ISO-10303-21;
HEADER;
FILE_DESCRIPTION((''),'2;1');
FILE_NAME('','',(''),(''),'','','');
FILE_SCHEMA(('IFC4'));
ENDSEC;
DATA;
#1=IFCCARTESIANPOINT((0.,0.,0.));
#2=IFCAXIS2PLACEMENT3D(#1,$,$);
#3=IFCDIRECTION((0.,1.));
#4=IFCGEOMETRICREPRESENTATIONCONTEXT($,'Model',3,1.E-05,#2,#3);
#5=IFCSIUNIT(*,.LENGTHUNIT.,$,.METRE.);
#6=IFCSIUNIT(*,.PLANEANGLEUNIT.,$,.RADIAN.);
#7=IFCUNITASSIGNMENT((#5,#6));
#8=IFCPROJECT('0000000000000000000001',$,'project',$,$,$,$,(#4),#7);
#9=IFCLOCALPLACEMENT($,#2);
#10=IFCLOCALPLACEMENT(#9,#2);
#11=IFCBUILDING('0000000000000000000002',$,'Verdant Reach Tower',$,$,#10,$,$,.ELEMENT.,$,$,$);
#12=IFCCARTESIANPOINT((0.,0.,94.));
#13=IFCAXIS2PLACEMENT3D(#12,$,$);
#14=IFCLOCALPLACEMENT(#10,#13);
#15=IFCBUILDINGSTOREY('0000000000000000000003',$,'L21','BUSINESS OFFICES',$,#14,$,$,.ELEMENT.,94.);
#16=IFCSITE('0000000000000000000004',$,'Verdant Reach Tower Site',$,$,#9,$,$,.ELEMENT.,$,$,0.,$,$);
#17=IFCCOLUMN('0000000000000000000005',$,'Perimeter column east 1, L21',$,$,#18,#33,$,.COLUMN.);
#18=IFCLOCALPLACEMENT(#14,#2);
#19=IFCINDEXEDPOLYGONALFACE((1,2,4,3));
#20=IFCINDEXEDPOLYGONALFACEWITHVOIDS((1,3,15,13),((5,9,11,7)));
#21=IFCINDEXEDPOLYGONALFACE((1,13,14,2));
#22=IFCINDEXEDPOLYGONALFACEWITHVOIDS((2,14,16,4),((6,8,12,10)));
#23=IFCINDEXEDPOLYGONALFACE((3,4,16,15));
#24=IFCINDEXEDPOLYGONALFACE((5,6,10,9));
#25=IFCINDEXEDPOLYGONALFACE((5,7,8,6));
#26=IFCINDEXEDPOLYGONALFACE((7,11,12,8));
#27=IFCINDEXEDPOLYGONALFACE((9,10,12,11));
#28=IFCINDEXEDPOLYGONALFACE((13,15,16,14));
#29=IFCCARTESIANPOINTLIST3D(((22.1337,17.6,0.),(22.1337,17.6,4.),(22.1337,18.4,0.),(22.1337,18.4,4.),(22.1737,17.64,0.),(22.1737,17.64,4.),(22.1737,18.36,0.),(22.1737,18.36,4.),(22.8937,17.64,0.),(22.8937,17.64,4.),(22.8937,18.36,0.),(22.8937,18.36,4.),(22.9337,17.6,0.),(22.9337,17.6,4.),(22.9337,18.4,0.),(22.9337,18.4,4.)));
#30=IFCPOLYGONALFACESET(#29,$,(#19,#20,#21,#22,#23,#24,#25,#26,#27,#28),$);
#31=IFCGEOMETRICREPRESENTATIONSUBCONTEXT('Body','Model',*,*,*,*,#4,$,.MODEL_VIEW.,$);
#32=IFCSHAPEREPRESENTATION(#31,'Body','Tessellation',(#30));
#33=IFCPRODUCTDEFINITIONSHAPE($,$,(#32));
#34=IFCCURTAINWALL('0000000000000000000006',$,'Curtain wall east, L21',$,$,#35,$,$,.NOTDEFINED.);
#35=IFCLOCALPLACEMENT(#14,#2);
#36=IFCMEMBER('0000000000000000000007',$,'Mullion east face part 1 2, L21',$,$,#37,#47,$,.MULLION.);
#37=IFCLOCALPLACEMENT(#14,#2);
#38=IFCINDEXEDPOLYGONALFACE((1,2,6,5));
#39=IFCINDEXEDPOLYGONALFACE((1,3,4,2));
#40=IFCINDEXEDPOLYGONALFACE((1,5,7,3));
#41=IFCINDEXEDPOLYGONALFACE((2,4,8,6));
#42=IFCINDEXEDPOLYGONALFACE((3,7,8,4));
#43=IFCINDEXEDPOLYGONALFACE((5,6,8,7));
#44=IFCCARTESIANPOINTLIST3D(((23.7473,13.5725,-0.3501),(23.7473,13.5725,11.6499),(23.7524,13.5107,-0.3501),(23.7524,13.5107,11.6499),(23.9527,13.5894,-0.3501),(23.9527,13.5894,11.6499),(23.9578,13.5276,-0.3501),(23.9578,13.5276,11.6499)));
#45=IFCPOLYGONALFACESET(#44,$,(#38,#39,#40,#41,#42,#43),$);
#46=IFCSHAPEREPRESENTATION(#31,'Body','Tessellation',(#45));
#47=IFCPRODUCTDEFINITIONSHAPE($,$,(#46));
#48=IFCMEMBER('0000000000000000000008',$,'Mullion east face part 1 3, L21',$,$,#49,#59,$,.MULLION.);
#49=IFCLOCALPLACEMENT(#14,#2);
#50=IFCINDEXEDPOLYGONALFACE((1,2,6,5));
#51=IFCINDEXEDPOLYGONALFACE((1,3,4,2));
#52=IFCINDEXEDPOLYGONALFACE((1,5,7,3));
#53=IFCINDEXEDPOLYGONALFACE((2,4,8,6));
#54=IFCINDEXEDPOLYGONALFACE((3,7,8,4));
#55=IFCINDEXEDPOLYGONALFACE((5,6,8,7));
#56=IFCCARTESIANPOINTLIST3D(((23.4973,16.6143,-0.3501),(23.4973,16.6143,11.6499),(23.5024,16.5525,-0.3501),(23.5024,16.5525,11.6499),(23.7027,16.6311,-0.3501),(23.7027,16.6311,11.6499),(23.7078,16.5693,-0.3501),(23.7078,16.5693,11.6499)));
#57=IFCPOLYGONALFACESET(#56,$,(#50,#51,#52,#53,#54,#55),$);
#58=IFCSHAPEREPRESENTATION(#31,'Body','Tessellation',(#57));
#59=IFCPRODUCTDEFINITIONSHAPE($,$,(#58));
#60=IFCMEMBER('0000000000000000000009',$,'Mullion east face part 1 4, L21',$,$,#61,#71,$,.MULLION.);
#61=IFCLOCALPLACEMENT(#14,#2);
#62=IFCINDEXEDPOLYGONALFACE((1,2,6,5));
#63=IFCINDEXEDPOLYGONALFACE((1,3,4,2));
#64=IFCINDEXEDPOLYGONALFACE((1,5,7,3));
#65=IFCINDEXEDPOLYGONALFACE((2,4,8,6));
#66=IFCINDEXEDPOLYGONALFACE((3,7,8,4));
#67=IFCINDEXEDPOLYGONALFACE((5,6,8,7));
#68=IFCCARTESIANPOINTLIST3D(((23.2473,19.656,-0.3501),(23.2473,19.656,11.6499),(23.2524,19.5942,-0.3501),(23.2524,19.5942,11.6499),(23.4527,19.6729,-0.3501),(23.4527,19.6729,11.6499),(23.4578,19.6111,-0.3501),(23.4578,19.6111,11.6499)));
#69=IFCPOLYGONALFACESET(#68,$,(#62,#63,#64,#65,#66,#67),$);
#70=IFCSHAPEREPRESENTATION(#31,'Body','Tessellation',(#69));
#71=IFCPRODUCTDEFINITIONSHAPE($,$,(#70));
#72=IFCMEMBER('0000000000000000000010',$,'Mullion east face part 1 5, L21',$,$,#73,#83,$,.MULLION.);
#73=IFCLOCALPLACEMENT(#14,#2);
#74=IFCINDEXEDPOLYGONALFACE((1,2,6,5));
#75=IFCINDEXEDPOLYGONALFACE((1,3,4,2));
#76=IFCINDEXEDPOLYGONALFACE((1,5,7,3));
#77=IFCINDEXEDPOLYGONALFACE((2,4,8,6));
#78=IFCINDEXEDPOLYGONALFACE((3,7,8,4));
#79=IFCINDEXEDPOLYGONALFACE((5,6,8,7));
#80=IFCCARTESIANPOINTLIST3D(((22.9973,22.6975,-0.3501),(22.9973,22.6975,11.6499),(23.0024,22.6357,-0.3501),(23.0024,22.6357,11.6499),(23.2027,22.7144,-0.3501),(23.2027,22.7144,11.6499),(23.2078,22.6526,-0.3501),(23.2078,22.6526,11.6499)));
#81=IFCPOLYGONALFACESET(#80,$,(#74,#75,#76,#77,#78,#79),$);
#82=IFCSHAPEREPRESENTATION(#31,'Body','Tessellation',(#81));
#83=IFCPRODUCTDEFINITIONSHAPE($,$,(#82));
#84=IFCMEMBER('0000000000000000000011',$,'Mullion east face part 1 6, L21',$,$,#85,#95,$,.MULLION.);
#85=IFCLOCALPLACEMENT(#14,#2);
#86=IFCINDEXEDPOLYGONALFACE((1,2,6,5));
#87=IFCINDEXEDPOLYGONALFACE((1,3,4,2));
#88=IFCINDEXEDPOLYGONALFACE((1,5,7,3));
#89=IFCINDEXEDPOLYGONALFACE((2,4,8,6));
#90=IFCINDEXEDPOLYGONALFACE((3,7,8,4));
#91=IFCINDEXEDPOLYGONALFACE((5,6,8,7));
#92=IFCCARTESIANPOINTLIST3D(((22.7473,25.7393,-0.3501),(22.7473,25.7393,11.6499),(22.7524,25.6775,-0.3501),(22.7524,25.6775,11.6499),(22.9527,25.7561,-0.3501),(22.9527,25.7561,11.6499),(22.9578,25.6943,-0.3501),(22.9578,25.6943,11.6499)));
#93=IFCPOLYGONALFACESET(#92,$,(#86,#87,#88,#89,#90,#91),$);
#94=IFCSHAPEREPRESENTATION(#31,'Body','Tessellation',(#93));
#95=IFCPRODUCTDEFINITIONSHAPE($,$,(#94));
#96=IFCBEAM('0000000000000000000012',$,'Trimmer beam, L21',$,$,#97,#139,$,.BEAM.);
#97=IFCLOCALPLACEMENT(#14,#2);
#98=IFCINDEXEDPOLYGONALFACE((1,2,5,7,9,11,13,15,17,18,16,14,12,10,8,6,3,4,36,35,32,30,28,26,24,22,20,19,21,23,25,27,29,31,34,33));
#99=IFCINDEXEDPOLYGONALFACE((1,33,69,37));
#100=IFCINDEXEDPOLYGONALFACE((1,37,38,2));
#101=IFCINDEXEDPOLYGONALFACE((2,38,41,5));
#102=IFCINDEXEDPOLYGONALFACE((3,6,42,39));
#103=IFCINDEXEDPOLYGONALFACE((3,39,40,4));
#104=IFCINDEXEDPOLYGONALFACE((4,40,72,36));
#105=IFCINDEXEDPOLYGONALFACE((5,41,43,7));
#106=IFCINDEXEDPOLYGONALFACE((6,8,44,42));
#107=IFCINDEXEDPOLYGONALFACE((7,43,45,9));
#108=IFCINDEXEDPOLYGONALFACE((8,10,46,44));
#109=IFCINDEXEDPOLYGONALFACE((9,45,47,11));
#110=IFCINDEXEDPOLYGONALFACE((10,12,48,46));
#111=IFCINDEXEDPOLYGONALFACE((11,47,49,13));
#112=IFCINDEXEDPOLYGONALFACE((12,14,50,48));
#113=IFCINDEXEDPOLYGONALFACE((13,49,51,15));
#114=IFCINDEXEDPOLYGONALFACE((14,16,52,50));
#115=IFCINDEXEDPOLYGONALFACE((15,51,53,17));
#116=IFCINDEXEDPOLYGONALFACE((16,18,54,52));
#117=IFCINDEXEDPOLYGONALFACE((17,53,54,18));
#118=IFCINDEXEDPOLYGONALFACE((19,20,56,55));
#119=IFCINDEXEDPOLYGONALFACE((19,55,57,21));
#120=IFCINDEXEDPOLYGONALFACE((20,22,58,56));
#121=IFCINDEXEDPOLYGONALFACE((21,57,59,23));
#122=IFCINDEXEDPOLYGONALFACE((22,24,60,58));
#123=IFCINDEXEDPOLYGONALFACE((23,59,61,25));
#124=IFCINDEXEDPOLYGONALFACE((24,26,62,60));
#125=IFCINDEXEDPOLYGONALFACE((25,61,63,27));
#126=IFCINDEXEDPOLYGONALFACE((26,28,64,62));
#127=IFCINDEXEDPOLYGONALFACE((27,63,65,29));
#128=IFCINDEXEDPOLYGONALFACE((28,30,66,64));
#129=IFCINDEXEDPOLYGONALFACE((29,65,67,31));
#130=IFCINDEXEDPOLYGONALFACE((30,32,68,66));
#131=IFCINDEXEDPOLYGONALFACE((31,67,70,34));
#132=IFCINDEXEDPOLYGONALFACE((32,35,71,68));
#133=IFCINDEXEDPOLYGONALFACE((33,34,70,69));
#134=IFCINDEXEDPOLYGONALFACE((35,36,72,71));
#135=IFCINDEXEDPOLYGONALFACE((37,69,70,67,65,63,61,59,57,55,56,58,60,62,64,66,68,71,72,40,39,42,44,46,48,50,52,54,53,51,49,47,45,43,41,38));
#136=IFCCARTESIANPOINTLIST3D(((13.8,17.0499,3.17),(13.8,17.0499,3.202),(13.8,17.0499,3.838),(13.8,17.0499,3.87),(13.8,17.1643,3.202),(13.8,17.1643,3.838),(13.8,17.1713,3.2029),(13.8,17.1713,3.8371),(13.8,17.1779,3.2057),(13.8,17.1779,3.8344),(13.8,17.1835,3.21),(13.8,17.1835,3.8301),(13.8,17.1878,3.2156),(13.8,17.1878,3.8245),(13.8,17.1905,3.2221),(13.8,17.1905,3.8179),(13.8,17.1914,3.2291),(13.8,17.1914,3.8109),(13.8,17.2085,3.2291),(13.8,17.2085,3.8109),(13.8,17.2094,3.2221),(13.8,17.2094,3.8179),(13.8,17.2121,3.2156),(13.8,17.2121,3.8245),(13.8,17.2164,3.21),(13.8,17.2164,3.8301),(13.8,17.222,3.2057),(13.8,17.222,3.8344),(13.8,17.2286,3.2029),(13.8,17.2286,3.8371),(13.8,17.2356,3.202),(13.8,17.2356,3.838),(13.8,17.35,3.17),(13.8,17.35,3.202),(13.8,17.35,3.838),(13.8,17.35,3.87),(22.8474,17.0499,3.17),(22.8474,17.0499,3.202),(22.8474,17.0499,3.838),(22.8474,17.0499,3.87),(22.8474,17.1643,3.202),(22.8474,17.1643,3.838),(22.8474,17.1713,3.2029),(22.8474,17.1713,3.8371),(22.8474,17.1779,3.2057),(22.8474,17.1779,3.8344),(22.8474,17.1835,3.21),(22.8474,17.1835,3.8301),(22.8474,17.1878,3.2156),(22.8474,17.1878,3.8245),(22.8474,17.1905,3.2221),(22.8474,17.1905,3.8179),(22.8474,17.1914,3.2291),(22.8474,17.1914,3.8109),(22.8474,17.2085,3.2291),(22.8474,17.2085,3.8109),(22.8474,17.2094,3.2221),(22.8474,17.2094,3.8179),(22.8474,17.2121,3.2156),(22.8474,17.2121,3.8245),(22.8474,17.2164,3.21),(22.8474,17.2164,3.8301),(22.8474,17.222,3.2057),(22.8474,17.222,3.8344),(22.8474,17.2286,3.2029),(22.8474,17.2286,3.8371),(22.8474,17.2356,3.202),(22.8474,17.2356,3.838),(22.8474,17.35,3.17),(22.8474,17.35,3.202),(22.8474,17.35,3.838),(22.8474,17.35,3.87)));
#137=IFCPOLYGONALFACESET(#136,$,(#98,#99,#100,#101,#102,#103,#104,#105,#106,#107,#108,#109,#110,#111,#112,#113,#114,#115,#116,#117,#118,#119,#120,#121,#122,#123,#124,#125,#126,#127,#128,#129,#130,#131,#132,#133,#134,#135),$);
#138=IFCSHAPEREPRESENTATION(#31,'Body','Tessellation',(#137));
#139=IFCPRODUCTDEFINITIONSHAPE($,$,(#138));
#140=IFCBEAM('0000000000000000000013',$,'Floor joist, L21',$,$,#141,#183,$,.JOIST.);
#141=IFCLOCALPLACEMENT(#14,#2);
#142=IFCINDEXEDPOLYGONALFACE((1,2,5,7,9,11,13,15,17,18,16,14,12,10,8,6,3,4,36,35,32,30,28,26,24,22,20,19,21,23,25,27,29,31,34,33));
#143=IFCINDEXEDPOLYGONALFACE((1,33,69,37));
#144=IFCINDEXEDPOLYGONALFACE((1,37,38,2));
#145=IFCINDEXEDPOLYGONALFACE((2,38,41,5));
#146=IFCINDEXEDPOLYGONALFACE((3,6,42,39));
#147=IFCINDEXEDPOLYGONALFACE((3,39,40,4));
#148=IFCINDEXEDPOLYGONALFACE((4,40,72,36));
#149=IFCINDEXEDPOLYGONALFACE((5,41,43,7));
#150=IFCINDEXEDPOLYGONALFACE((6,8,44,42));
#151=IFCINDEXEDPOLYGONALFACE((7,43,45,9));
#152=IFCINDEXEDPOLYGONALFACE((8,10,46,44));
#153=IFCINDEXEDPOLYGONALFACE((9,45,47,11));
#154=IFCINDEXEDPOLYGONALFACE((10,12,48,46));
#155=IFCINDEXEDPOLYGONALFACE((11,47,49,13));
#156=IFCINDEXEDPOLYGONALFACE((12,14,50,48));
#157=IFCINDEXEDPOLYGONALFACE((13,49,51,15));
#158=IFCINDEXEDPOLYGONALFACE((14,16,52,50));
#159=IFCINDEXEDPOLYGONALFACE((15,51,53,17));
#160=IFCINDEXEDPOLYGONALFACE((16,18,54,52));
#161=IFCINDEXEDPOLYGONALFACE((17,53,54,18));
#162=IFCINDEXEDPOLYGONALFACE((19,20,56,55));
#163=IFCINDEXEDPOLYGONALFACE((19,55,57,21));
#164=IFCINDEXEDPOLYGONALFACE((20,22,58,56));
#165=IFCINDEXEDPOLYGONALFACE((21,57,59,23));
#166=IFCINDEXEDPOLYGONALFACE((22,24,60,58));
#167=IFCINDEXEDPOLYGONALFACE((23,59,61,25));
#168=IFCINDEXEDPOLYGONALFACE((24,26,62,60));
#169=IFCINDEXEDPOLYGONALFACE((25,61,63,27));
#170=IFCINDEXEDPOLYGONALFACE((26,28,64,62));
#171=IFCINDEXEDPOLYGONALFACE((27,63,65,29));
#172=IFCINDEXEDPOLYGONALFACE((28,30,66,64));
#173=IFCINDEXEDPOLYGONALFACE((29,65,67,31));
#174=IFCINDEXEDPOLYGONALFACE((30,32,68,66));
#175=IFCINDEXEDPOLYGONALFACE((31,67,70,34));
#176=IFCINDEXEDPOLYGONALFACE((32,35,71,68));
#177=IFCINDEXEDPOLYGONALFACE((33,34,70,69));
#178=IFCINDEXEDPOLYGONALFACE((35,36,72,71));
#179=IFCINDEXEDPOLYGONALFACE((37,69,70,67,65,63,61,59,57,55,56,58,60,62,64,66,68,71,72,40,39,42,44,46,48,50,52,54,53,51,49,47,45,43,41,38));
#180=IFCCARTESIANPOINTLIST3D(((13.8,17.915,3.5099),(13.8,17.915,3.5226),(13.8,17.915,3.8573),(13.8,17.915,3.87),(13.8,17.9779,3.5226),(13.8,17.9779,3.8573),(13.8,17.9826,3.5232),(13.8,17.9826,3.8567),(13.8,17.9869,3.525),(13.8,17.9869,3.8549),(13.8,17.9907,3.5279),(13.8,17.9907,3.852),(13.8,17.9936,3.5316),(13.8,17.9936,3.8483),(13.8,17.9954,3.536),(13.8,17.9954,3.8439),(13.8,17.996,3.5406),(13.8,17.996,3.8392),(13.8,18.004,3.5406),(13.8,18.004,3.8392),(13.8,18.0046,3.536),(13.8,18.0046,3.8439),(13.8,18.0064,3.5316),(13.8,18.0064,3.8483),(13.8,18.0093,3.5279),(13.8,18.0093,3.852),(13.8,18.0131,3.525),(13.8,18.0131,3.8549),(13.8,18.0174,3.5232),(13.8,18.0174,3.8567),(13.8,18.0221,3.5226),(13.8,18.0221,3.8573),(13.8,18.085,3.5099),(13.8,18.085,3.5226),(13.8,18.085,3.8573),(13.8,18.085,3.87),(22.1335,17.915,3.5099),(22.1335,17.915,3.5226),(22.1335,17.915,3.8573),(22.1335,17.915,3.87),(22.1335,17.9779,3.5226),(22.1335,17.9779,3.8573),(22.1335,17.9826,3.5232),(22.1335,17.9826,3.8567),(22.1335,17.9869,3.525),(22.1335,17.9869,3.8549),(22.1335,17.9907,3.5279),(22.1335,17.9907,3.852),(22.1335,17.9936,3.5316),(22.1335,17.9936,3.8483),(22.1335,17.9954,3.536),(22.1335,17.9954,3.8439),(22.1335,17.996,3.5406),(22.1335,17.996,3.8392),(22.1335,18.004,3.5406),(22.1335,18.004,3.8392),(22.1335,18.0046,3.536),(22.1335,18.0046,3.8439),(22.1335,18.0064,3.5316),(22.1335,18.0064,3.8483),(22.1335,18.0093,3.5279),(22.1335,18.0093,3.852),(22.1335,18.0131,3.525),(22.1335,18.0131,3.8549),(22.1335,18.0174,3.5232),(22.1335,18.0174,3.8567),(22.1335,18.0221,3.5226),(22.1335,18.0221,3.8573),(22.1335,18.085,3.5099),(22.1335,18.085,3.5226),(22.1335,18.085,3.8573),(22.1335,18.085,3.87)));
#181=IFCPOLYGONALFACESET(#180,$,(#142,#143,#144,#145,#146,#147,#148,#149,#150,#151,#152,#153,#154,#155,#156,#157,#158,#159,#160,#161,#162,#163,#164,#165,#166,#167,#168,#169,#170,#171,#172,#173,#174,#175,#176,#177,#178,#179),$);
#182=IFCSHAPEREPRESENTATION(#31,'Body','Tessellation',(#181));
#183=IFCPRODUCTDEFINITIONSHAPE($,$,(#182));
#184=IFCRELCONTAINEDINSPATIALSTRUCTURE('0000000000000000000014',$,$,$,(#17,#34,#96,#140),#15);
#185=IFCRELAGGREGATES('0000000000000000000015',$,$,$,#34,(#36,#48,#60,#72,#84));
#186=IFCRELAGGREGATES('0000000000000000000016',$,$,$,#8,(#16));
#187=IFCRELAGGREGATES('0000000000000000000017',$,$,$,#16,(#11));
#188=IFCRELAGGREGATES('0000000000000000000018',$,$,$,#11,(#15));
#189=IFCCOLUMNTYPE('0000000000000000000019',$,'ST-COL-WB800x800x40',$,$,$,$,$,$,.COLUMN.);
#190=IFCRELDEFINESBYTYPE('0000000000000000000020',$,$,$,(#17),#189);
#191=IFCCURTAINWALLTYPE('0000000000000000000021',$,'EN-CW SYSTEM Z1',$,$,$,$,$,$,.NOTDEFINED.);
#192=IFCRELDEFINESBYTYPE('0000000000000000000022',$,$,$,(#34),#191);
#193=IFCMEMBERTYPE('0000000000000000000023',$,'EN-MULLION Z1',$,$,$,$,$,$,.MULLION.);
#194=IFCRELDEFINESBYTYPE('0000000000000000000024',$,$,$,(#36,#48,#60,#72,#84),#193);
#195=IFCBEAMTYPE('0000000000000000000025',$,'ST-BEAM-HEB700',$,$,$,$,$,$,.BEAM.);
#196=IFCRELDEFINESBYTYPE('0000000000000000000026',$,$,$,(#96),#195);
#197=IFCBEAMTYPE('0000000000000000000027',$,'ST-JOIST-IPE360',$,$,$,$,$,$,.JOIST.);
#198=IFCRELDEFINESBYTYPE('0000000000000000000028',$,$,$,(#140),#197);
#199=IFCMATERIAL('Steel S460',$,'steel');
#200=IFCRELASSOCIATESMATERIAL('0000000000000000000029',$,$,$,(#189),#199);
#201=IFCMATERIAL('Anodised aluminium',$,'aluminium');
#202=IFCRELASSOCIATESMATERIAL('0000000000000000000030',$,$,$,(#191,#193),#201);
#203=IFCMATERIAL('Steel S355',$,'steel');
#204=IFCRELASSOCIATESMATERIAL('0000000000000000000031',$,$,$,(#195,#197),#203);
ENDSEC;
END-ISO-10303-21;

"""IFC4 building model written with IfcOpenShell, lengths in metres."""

from ifc_helpers import new_model, si_unit, direction, frame, origin, origin_2d, place, context, subcontext, project, spatial, rectangle, hollow_rectangle, i_section, extrude, material, material_profile, profile_set, type_object, element, aggregate, save


model = new_model("IFC4")

# Units and contexts
model_context = context("Model", 3, precision=1e-05, world=origin(), true_north=direction((0.0, 1.0)))
body_context = subcontext(model_context, "Body", "Model", "MODEL_VIEW")
ifc_project = project(units=[si_unit("LENGTHUNIT", "METRE"), si_unit("PLANEANGLEUNIT", "RADIAN")], contexts=[model_context])

# Site, building, storey
site_placement = place(None, origin())
site = spatial("IfcSite", under=ifc_project, at=site_placement, Name="Verdant Reach Tower Site", CompositionType="ELEMENT", RefElevation=0.0)
building_placement = place(site_placement, origin())
building = spatial("IfcBuilding", under=site, at=building_placement, Name="Verdant Reach Tower", CompositionType="ELEMENT")
storey_placement = place(building_placement, frame((0.0, 0.0, 94.0)))
storey = spatial("IfcBuildingStorey", under=building, at=storey_placement, Name="L21", Description="BUSINESS OFFICES", CompositionType="ELEMENT", Elevation=94.0)

# Column
ifc_material_1 = material(Name="Steel S460", Category="steel")
ifc_material_profile_1 = material_profile(ifc_material_1, hollow_rectangle(XDim=0.8, YDim=0.8, WallThickness=0.04, at=origin_2d()), Name="WB 800x800x40")
ifc_profile_set_1 = profile_set([ifc_material_profile_1], Name="Steel S460")
column_type = type_object("IfcColumnType", Name="ST-COL-WB800x800x40", PredefinedType="COLUMN", material=ifc_profile_set_1)
column_placement = place(storey_placement, frame((22.5337, 18.0, 0.0), z_axis=(0.0, 0.0, 1.0), x_axis=(1.0, 0.0, 0.0)))
element("IfcColumn", 1, at=column_placement, inside=storey, type_object=column_type, Name="Perimeter column east 1, L21", PredefinedType="COLUMN", context=body_context, shape_type="SweptSolid", body=[
    extrude(hollow_rectangle(XDim=0.8, YDim=0.8, WallThickness=0.04, at=origin_2d()), origin(), (0.0, 0.0, 1.0), 4.0),
])

# Curtain wall, members
ifc_material_2 = material(Name="Anodised aluminium", Category="aluminium")
curtain_wall_type = type_object("IfcCurtainWallType", Name="EN-CW SYSTEM Z1", PredefinedType="NOTDEFINED", material=ifc_material_2)
curtain_wall_placement = place(storey_placement, origin())
curtain_wall = element("IfcCurtainWall", 2, at=curtain_wall_placement, inside=storey, type_object=curtain_wall_type, Name="Curtain wall east, L21", PredefinedType="NOTDEFINED")
ifc_material_profile_2 = material_profile(ifc_material_2, rectangle(XDim=0.2061, YDim=0.062, at=origin_2d()), Name="Mullion 62x206")
ifc_profile_set_2 = profile_set([ifc_material_profile_2], Name="Anodised aluminium")
member_type = type_object("IfcMemberType", Name="EN-MULLION Z1", PredefinedType="MULLION", material=ifc_profile_set_2)
member_1_placement = place(storey_placement, frame((23.8525, 13.55, -0.3501), z_axis=(0.0, 0.0, 1.0), x_axis=(0.996639, 0.081916, 0.0)))
member_1 = element("IfcMember", 3, at=member_1_placement, type_object=member_type, Name="Mullion east face part 1 2, L21", PredefinedType="MULLION", context=body_context, shape_type="SweptSolid", body=[
    extrude(rectangle(XDim=0.2061, YDim=0.062, at=origin_2d()), origin(), (0.0, 0.0, 1.0), 12.0),
])
member_2_placement = place(storey_placement, frame((23.6025, 16.5918, -0.3501), z_axis=(0.0, 0.0, 1.0), x_axis=(0.996639, 0.081916, 0.0)))
member_2 = element("IfcMember", 4, at=member_2_placement, type_object=member_type, Name="Mullion east face part 1 3, L21", PredefinedType="MULLION", context=body_context, shape_type="SweptSolid", body=[
    extrude(rectangle(XDim=0.2061, YDim=0.062, at=origin_2d()), origin(), (0.0, 0.0, 1.0), 12.0),
])
member_3_placement = place(storey_placement, frame((23.3525, 19.6335, -0.3501), z_axis=(0.0, 0.0, 1.0), x_axis=(0.996639, 0.081916, 0.0)))
member_3 = element("IfcMember", 5, at=member_3_placement, type_object=member_type, Name="Mullion east face part 1 4, L21", PredefinedType="MULLION", context=body_context, shape_type="SweptSolid", body=[
    extrude(rectangle(XDim=0.2061, YDim=0.062, at=origin_2d()), origin(), (0.0, 0.0, 1.0), 12.0),
])
member_4_placement = place(storey_placement, frame((23.1025, 22.675, -0.3501), z_axis=(0.0, 0.0, 1.0), x_axis=(0.996639, 0.081916, 0.0)))
member_4 = element("IfcMember", 6, at=member_4_placement, type_object=member_type, Name="Mullion east face part 1 5, L21", PredefinedType="MULLION", context=body_context, shape_type="SweptSolid", body=[
    extrude(rectangle(XDim=0.2061, YDim=0.062, at=origin_2d()), origin(), (0.0, 0.0, 1.0), 12.0),
])
member_5_placement = place(storey_placement, frame((22.8525, 25.7168, -0.3501), z_axis=(0.0, 0.0, 1.0), x_axis=(0.996639, 0.081916, 0.0)))
member_5 = element("IfcMember", 7, at=member_5_placement, type_object=member_type, Name="Mullion east face part 1 6, L21", PredefinedType="MULLION", context=body_context, shape_type="SweptSolid", body=[
    extrude(rectangle(XDim=0.2061, YDim=0.062, at=origin_2d()), origin(), (0.0, 0.0, 1.0), 12.0),
])

# Beams
ifc_material_3 = material(Name="Steel S355", Category="steel")
ifc_material_profile_3 = material_profile(ifc_material_3, i_section(OverallWidth=0.3, OverallDepth=0.7, WebThickness=0.0171, FlangeThickness=0.032, FilletRadius=0.0271, at=origin_2d()), Name="HEB 700")
ifc_profile_set_3 = profile_set([ifc_material_profile_3], Name="Steel S355")
beam_type_1 = type_object("IfcBeamType", Name="ST-BEAM-HEB700", PredefinedType="BEAM", material=ifc_profile_set_3)
beam_1_placement = place(storey_placement, frame((13.8, 17.2, 3.52), z_axis=(1.0, 0.0, 0.0), x_axis=(0.0, 1.0, 0.0)))
element("IfcBeam", 8, at=beam_1_placement, inside=storey, type_object=beam_type_1, Name="Trimmer beam, L21", PredefinedType="BEAM", context=body_context, shape_type="SweptSolid", body=[
    extrude(i_section(OverallWidth=0.3, OverallDepth=0.7, WebThickness=0.0171, FlangeThickness=0.032, FilletRadius=0.0271, at=origin_2d()), origin(), (0.0, 0.0, 1.0), 9.0474),
])
ifc_material_profile_4 = material_profile(ifc_material_3, i_section(OverallWidth=0.1699, OverallDepth=0.3601, WebThickness=0.0081, FlangeThickness=0.0127, FilletRadius=0.0181, at=origin_2d()), Name="IPE 360")
ifc_profile_set_4 = profile_set([ifc_material_profile_4], Name="Steel S355")
beam_type_2 = type_object("IfcBeamType", Name="ST-JOIST-IPE360", PredefinedType="JOIST", material=ifc_profile_set_4)
beam_2_placement = place(storey_placement, frame((13.8, 18.0, 3.6899), z_axis=(1.0, 0.0, 0.0), x_axis=(0.0, 1.0, 0.0)))
element("IfcBeam", 9, at=beam_2_placement, inside=storey, type_object=beam_type_2, Name="Floor joist, L21", PredefinedType="JOIST", context=body_context, shape_type="SweptSolid", body=[
    extrude(i_section(OverallWidth=0.1699, OverallDepth=0.3601, WebThickness=0.0081, FlangeThickness=0.0127, FilletRadius=0.0181, at=origin_2d()), origin(), (0.0, 0.0, 1.0), 8.3335),
])

aggregate(curtain_wall, [member_1, member_2, member_3, member_4, member_5])

save(model, "model.ifc")
